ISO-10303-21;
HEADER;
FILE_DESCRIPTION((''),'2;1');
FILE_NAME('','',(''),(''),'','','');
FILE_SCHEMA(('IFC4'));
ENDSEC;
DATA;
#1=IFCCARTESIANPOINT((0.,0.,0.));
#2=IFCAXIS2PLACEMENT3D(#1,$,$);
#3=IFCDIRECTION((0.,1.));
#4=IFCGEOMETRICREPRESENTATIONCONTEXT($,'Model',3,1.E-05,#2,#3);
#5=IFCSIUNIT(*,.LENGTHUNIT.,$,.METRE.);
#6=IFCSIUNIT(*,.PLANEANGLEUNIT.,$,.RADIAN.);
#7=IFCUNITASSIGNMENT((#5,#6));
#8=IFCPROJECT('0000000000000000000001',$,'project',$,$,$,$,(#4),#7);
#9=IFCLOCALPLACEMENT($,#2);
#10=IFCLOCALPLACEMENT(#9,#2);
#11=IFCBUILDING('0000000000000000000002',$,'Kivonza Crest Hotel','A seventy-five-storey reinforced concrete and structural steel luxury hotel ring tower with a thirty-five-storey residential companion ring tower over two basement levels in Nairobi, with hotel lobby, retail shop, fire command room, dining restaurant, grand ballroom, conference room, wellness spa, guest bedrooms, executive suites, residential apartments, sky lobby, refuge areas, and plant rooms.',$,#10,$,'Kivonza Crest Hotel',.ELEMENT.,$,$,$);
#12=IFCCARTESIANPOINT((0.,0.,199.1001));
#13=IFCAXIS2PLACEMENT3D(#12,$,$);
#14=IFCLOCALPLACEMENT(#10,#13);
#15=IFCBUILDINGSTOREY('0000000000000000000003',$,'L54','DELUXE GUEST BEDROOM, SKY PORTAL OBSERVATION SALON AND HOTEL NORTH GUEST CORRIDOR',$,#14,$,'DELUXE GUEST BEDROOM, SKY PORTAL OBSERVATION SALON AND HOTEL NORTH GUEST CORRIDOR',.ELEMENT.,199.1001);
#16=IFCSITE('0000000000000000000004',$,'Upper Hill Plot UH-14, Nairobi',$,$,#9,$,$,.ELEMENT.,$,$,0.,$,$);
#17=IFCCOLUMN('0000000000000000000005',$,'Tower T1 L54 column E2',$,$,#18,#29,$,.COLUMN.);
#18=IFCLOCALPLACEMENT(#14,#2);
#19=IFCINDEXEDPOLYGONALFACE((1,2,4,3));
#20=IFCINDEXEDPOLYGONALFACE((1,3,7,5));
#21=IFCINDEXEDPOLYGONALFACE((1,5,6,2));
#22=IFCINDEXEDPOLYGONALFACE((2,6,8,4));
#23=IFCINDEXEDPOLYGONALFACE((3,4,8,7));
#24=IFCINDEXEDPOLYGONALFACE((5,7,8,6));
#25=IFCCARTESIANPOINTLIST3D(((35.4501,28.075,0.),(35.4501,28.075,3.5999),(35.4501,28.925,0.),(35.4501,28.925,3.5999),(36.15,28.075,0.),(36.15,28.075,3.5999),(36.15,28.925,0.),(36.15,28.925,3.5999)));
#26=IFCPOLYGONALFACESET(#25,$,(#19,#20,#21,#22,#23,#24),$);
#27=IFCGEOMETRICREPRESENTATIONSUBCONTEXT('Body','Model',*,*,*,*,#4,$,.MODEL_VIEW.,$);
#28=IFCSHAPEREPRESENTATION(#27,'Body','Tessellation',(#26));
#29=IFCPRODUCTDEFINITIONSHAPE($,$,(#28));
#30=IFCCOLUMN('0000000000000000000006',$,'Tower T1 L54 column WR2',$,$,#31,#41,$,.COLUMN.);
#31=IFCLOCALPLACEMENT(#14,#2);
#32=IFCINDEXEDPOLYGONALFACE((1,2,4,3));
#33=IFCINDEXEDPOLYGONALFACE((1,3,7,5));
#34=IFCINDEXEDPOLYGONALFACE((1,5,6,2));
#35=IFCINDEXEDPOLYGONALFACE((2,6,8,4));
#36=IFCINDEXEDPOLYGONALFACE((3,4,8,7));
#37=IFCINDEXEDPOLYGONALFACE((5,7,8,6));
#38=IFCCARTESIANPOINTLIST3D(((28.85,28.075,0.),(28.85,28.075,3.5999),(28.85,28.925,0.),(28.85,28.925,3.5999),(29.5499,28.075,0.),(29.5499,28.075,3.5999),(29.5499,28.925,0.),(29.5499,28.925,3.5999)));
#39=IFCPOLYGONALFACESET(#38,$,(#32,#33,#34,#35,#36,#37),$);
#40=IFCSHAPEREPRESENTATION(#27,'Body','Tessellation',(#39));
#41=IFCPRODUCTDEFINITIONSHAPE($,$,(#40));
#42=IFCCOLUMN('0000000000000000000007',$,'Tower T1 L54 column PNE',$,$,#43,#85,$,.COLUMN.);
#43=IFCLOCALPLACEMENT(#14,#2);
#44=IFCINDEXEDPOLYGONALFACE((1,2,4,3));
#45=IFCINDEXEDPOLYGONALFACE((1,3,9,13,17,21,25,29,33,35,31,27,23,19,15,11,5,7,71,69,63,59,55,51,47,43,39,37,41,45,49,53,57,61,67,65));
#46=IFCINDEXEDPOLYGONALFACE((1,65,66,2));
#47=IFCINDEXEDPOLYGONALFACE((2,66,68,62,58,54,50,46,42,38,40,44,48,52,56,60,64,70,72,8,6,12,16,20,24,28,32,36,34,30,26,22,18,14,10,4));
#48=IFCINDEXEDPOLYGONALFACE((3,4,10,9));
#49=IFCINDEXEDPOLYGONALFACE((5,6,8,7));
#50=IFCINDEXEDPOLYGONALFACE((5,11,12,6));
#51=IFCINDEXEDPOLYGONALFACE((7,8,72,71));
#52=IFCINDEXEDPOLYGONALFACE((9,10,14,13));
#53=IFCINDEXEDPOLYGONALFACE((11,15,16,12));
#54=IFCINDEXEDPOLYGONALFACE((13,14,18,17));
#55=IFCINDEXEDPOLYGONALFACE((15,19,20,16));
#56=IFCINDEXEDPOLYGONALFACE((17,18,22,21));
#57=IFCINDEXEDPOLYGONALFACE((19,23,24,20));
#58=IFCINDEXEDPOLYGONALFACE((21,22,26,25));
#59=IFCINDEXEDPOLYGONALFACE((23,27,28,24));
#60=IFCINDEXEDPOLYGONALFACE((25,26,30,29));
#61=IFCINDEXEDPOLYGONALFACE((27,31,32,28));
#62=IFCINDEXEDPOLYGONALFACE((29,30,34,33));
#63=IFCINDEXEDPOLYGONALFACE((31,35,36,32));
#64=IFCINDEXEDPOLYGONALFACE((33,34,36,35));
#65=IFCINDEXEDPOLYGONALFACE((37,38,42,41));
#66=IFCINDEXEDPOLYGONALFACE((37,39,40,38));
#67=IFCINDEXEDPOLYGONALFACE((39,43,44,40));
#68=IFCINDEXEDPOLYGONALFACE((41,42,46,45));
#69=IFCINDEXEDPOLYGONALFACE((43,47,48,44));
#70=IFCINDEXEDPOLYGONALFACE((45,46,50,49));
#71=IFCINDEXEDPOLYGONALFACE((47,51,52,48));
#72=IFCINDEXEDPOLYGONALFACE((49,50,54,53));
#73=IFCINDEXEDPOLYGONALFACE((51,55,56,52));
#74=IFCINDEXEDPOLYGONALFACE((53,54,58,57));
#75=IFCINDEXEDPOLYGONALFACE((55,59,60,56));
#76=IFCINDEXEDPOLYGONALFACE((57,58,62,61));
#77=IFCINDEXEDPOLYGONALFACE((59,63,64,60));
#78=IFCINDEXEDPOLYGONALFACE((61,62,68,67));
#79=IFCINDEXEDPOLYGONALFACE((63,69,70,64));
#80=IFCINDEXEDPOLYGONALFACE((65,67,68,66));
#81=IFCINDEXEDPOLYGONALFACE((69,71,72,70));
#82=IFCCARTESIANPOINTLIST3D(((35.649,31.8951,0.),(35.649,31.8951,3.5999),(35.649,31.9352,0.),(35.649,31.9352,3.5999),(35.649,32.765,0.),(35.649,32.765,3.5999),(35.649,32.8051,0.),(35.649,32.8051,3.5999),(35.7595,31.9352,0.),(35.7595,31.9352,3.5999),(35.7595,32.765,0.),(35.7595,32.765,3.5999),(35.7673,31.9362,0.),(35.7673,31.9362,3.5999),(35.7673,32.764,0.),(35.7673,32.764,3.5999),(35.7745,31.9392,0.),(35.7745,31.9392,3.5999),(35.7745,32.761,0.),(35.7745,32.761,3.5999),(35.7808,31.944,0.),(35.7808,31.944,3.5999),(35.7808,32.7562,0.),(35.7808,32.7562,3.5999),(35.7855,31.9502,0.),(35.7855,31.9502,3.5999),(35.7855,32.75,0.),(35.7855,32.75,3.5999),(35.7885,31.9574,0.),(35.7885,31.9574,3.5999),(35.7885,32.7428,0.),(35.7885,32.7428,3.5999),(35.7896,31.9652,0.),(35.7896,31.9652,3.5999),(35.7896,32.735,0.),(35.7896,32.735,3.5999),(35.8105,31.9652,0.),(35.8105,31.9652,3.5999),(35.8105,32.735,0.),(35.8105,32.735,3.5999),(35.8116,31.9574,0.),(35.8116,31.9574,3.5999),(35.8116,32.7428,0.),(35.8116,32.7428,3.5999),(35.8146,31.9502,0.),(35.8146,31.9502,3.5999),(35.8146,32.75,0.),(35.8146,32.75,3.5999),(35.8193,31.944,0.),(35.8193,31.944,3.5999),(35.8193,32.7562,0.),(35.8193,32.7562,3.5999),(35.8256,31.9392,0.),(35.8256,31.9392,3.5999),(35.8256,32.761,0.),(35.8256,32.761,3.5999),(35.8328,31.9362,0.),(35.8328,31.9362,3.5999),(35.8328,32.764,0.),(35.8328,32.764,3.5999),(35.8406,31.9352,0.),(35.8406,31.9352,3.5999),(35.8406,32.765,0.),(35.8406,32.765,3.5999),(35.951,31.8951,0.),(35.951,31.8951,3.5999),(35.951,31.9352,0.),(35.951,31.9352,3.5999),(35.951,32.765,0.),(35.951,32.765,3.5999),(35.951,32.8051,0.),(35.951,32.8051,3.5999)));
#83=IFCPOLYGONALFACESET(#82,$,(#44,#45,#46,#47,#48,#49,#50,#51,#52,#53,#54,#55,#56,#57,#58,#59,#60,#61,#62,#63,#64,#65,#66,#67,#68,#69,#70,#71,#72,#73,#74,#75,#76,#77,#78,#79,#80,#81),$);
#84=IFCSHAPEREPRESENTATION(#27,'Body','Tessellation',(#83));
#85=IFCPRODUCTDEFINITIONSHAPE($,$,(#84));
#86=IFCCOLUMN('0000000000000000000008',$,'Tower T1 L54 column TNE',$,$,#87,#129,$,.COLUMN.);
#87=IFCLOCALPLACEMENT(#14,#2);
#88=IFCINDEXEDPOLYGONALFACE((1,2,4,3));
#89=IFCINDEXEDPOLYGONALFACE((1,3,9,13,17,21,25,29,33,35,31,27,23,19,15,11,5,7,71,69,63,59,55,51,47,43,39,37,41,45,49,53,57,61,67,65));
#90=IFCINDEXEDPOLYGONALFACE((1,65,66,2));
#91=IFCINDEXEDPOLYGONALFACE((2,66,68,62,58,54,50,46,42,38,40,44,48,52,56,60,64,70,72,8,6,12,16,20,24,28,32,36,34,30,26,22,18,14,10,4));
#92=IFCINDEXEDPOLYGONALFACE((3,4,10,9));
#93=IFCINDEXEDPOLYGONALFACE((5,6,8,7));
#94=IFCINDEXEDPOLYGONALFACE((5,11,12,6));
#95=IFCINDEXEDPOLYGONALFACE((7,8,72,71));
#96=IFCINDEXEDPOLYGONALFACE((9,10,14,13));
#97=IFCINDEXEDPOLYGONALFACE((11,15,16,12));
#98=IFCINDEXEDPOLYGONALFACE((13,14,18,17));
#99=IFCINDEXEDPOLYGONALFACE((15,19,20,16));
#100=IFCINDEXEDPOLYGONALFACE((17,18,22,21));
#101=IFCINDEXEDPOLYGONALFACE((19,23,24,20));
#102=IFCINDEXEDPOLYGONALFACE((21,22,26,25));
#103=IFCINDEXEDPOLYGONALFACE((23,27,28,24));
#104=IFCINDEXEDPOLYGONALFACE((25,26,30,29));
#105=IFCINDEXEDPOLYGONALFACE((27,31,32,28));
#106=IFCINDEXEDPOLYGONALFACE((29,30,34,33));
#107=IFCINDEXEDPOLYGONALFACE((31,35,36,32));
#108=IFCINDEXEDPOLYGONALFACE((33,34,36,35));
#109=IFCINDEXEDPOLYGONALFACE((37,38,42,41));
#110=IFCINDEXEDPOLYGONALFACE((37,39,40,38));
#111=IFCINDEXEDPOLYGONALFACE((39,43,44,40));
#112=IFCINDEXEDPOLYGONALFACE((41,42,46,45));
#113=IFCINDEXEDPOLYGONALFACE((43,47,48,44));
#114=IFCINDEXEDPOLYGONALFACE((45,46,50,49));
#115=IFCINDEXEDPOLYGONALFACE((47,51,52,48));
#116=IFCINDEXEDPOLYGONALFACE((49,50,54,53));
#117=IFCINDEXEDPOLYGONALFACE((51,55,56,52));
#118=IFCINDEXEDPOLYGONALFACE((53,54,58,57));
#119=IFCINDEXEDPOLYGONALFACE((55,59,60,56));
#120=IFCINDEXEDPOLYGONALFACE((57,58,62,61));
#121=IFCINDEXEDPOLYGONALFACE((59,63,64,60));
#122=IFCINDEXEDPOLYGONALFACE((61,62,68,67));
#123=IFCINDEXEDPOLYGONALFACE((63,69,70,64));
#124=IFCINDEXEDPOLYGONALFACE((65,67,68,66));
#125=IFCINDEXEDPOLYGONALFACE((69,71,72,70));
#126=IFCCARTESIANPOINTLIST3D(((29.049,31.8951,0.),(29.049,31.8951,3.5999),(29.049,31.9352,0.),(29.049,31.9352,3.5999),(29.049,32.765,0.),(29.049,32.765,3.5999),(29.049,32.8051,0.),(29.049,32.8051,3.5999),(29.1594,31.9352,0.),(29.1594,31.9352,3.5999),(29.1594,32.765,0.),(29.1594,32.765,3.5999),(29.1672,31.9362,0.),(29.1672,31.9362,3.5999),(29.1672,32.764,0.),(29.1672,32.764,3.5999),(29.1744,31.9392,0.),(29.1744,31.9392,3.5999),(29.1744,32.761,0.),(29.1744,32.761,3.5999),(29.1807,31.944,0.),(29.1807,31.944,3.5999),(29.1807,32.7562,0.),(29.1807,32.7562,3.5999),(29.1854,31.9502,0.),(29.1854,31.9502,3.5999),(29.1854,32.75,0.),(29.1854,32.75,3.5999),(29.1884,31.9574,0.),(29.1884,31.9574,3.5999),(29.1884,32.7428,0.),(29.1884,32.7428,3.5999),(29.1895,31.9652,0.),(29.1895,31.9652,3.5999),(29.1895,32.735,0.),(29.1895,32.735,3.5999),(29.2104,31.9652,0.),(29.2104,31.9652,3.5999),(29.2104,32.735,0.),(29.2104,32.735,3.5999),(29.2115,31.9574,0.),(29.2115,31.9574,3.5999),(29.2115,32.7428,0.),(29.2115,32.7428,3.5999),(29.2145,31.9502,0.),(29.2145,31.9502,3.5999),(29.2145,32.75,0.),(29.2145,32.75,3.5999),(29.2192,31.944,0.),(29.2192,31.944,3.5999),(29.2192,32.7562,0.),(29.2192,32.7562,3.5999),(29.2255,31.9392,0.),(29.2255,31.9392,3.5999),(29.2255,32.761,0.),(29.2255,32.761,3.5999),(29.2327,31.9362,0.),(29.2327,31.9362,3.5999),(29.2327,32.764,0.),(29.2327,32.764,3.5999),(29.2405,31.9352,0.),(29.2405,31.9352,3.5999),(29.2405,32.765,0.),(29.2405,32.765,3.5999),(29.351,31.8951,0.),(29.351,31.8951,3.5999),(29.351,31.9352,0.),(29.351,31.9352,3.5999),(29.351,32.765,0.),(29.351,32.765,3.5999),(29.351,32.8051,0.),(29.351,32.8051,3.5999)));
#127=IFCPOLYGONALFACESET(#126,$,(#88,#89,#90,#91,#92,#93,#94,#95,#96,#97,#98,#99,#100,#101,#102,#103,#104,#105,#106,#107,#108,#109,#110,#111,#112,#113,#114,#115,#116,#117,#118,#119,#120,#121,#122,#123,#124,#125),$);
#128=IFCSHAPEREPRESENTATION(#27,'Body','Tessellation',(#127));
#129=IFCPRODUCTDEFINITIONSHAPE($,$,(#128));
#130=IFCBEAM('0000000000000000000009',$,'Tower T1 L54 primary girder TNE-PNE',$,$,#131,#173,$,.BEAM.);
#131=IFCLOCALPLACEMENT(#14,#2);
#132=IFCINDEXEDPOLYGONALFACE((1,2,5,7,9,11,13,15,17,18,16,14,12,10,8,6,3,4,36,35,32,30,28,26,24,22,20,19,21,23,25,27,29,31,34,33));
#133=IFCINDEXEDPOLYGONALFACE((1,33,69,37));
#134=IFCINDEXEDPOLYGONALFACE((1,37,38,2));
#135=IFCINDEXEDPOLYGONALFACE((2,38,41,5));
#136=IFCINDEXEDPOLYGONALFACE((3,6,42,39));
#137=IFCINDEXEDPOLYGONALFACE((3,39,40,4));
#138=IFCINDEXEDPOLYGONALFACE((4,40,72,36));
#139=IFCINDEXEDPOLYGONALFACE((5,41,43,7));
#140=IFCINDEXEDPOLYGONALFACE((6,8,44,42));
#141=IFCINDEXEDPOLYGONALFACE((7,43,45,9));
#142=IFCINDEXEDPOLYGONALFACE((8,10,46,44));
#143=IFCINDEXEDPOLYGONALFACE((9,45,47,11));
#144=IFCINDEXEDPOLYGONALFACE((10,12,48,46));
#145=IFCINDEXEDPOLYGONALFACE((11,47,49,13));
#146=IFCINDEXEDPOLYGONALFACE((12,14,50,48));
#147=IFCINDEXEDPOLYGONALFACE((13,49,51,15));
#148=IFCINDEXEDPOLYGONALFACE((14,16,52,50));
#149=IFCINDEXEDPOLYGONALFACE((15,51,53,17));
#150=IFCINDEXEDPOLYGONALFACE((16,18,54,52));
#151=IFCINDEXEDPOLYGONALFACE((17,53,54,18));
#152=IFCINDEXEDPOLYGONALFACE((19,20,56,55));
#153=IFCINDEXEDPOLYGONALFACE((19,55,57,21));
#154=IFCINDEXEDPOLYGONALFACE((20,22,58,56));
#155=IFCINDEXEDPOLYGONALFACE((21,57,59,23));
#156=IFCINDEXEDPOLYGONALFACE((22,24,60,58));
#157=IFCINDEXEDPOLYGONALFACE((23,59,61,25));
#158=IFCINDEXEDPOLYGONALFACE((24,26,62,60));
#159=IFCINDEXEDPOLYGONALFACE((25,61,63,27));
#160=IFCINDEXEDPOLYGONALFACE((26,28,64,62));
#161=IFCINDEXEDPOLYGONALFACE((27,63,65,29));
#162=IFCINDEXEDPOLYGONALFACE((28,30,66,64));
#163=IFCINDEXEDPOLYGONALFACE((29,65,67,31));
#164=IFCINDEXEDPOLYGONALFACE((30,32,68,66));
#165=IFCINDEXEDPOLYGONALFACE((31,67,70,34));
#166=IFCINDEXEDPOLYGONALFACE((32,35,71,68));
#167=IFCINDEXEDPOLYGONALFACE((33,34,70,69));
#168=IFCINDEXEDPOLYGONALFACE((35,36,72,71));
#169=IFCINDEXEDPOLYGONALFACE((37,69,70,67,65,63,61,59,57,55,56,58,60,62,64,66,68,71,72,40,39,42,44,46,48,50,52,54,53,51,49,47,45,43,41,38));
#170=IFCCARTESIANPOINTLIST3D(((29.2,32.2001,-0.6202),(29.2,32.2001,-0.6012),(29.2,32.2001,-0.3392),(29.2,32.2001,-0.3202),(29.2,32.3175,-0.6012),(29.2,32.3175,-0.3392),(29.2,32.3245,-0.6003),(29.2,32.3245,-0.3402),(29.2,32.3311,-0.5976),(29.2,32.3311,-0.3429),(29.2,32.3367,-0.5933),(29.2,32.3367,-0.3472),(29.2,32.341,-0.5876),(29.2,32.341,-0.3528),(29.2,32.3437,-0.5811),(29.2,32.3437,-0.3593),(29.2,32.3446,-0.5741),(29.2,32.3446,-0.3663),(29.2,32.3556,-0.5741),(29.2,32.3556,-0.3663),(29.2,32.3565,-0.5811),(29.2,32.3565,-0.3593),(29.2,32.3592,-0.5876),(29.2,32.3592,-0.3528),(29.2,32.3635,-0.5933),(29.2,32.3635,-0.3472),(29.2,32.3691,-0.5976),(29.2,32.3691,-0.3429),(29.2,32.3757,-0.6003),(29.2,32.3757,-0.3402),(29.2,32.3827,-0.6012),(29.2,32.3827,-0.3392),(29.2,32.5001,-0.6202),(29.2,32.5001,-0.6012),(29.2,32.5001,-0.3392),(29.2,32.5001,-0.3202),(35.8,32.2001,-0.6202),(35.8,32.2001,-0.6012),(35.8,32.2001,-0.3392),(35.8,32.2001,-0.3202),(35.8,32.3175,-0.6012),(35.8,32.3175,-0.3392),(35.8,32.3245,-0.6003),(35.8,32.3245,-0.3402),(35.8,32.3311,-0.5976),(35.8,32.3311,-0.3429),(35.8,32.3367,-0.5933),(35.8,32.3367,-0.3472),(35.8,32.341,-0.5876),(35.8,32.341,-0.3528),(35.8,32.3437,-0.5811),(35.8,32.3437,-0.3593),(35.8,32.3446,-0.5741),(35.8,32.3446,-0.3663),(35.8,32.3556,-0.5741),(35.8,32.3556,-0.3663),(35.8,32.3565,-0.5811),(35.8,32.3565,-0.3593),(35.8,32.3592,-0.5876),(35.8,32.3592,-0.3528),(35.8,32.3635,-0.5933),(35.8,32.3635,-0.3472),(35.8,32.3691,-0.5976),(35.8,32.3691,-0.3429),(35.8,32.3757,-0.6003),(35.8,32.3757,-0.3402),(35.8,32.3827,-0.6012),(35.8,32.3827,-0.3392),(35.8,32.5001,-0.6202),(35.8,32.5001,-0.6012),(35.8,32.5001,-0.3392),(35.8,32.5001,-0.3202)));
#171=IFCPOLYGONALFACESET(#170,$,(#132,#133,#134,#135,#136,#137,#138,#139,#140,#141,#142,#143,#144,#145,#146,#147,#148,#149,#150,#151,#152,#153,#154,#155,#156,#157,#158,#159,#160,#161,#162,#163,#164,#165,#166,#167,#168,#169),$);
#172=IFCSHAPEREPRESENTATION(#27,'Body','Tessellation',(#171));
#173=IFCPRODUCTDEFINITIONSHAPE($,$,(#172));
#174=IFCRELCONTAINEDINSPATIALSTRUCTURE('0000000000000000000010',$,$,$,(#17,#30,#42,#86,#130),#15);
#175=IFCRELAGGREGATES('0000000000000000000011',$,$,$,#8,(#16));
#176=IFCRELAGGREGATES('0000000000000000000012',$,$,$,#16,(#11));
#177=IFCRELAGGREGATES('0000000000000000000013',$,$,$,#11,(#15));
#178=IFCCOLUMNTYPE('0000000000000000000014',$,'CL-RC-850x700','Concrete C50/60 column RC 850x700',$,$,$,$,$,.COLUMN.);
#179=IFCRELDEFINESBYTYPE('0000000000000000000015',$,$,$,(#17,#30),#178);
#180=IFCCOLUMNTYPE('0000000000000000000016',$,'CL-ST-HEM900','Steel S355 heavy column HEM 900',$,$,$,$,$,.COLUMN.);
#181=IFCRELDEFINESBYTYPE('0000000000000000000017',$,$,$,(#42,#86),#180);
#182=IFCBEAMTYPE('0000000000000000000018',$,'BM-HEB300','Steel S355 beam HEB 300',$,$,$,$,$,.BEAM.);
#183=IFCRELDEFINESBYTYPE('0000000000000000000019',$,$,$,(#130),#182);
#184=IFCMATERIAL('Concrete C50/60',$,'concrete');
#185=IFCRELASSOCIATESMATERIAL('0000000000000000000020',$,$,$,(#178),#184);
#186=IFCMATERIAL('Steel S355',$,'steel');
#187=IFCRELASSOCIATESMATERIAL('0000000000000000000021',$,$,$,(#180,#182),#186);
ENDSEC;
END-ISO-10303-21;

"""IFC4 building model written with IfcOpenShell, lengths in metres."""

from ifc_helpers import new_model, si_unit, direction, frame, origin, origin_2d, place, context, subcontext, project, spatial, rectangle, i_section, extrude, material, material_profile, profile_set, type_object, element, save


model = new_model("IFC4")

# Units and contexts
model_context = context("Model", 3, precision=1e-05, world=origin(), true_north=direction((0.0, 1.0)))
body_context = subcontext(model_context, "Body", "Model", "MODEL_VIEW")
ifc_project = project(units=[si_unit("LENGTHUNIT", "METRE"), si_unit("PLANEANGLEUNIT", "RADIAN")], contexts=[model_context])

# Site, building, storey
site_placement = place(None, origin())
site = spatial("IfcSite", under=ifc_project, at=site_placement, Name="Upper Hill Plot UH-14, Nairobi", CompositionType="ELEMENT", RefElevation=0.0)
building_placement = place(site_placement, origin())
building = spatial("IfcBuilding", under=site, at=building_placement, Name="Kivonza Crest Hotel", Description="A seventy-five-storey reinforced concrete and structural steel luxury hotel ring tower with a thirty-five-storey residential companion ring tower over two basement levels in Nairobi, with hotel lobby, retail shop, fire command room, dining restaurant, grand ballroom, conference room, wellness spa, guest bedrooms, executive suites, residential apartments, sky lobby, refuge areas, and plant rooms.", LongName="Kivonza Crest Hotel", CompositionType="ELEMENT")
storey_placement = place(building_placement, frame((0.0, 0.0, 199.1001)))
storey = spatial("IfcBuildingStorey", under=building, at=storey_placement, Name="L54", Description="DELUXE GUEST BEDROOM, SKY PORTAL OBSERVATION SALON AND HOTEL NORTH GUEST CORRIDOR", LongName="DELUXE GUEST BEDROOM, SKY PORTAL OBSERVATION SALON AND HOTEL NORTH GUEST CORRIDOR", CompositionType="ELEMENT", Elevation=199.1001)

# Columns
ifc_material_1 = material(Name="Concrete C50/60", Category="concrete")
ifc_material_profile_1 = material_profile(ifc_material_1, rectangle(XDim=0.7, YDim=0.8501, at=origin_2d()), Name="RC 850x700")
ifc_profile_set_1 = profile_set([ifc_material_profile_1], Name="Concrete C50/60")
column_type_1 = type_object("IfcColumnType", Name="CL-RC-850x700", Description="Concrete C50/60 column RC 850x700", PredefinedType="COLUMN", material=ifc_profile_set_1)
for number, where, z_axis, x_axis, name in (
    (1, (35.8, 28.5, 0.0), (0.0, 0.0, 1.0), (1.0, 0.0, 0.0), "Tower T1 L54 column E2"),
    (2, (29.2, 28.5, 0.0), (0.0, 0.0, 1.0), (1.0, 0.0, 0.0), "Tower T1 L54 column WR2"),
):
    element("IfcColumn", number, at=place(storey_placement, frame(where, z_axis=z_axis, x_axis=x_axis)), inside=storey, type_object=column_type_1, Name=name, PredefinedType="COLUMN", context=body_context, shape_type="SweptSolid", body=[
        extrude(rectangle(XDim=0.7, YDim=0.8501, at=origin_2d()), origin(), (0.0, 0.0, 1.0), 3.5999),
    ])
ifc_material_2 = material(Name="Steel S355", Category="steel")
ifc_material_profile_2 = material_profile(ifc_material_2, i_section(OverallWidth=0.302, OverallDepth=0.9099, WebThickness=0.021, FlangeThickness=0.04, FilletRadius=0.03, at=origin_2d()), Name="HEM 900")
ifc_profile_set_2 = profile_set([ifc_material_profile_2], Name="Steel S355")
column_type_2 = type_object("IfcColumnType", Name="CL-ST-HEM900", Description="Steel S355 heavy column HEM 900", PredefinedType="COLUMN", material=ifc_profile_set_2)
for number, where, z_axis, x_axis, name in (
    (3, (35.8, 32.3501, 0.0), (0.0, 0.0, 1.0), (1.0, 0.0, 0.0), "Tower T1 L54 column PNE"),
    (4, (29.2, 32.3501, 0.0), (0.0, 0.0, 1.0), (1.0, 0.0, 0.0), "Tower T1 L54 column TNE"),
):
    element("IfcColumn", number, at=place(storey_placement, frame(where, z_axis=z_axis, x_axis=x_axis)), inside=storey, type_object=column_type_2, Name=name, PredefinedType="COLUMN", context=body_context, shape_type="SweptSolid", body=[
        extrude(i_section(OverallWidth=0.302, OverallDepth=0.9099, WebThickness=0.021, FlangeThickness=0.04, FilletRadius=0.03, at=origin_2d()), origin(), (0.0, 0.0, 1.0), 3.5999),
    ])

# Beam
ifc_material_profile_3 = material_profile(ifc_material_2, i_section(OverallWidth=0.3, OverallDepth=0.3, WebThickness=0.011, FlangeThickness=0.019, FilletRadius=0.0271, at=origin_2d()), Name="HEB 300")
ifc_profile_set_3 = profile_set([ifc_material_profile_3], Name="Steel S355")
beam_type_1 = type_object("IfcBeamType", Name="BM-HEB300", Description="Steel S355 beam HEB 300", PredefinedType="BEAM", material=ifc_profile_set_3)
beam_1_placement = place(storey_placement, frame((29.2, 32.3501, -0.4702), z_axis=(1.0, 0.0, 0.0), x_axis=(0.0, 1.0, 0.0)))
element("IfcBeam", 5, at=beam_1_placement, inside=storey, type_object=beam_type_1, Name="Tower T1 L54 primary girder TNE-PNE", PredefinedType="BEAM", context=body_context, shape_type="SweptSolid", body=[
    extrude(i_section(OverallWidth=0.3, OverallDepth=0.3, WebThickness=0.011, FlangeThickness=0.019, FilletRadius=0.0271, at=origin_2d()), origin(), (0.0, 0.0, 1.0), 6.6001),
])

save(model, "model.ifc")
